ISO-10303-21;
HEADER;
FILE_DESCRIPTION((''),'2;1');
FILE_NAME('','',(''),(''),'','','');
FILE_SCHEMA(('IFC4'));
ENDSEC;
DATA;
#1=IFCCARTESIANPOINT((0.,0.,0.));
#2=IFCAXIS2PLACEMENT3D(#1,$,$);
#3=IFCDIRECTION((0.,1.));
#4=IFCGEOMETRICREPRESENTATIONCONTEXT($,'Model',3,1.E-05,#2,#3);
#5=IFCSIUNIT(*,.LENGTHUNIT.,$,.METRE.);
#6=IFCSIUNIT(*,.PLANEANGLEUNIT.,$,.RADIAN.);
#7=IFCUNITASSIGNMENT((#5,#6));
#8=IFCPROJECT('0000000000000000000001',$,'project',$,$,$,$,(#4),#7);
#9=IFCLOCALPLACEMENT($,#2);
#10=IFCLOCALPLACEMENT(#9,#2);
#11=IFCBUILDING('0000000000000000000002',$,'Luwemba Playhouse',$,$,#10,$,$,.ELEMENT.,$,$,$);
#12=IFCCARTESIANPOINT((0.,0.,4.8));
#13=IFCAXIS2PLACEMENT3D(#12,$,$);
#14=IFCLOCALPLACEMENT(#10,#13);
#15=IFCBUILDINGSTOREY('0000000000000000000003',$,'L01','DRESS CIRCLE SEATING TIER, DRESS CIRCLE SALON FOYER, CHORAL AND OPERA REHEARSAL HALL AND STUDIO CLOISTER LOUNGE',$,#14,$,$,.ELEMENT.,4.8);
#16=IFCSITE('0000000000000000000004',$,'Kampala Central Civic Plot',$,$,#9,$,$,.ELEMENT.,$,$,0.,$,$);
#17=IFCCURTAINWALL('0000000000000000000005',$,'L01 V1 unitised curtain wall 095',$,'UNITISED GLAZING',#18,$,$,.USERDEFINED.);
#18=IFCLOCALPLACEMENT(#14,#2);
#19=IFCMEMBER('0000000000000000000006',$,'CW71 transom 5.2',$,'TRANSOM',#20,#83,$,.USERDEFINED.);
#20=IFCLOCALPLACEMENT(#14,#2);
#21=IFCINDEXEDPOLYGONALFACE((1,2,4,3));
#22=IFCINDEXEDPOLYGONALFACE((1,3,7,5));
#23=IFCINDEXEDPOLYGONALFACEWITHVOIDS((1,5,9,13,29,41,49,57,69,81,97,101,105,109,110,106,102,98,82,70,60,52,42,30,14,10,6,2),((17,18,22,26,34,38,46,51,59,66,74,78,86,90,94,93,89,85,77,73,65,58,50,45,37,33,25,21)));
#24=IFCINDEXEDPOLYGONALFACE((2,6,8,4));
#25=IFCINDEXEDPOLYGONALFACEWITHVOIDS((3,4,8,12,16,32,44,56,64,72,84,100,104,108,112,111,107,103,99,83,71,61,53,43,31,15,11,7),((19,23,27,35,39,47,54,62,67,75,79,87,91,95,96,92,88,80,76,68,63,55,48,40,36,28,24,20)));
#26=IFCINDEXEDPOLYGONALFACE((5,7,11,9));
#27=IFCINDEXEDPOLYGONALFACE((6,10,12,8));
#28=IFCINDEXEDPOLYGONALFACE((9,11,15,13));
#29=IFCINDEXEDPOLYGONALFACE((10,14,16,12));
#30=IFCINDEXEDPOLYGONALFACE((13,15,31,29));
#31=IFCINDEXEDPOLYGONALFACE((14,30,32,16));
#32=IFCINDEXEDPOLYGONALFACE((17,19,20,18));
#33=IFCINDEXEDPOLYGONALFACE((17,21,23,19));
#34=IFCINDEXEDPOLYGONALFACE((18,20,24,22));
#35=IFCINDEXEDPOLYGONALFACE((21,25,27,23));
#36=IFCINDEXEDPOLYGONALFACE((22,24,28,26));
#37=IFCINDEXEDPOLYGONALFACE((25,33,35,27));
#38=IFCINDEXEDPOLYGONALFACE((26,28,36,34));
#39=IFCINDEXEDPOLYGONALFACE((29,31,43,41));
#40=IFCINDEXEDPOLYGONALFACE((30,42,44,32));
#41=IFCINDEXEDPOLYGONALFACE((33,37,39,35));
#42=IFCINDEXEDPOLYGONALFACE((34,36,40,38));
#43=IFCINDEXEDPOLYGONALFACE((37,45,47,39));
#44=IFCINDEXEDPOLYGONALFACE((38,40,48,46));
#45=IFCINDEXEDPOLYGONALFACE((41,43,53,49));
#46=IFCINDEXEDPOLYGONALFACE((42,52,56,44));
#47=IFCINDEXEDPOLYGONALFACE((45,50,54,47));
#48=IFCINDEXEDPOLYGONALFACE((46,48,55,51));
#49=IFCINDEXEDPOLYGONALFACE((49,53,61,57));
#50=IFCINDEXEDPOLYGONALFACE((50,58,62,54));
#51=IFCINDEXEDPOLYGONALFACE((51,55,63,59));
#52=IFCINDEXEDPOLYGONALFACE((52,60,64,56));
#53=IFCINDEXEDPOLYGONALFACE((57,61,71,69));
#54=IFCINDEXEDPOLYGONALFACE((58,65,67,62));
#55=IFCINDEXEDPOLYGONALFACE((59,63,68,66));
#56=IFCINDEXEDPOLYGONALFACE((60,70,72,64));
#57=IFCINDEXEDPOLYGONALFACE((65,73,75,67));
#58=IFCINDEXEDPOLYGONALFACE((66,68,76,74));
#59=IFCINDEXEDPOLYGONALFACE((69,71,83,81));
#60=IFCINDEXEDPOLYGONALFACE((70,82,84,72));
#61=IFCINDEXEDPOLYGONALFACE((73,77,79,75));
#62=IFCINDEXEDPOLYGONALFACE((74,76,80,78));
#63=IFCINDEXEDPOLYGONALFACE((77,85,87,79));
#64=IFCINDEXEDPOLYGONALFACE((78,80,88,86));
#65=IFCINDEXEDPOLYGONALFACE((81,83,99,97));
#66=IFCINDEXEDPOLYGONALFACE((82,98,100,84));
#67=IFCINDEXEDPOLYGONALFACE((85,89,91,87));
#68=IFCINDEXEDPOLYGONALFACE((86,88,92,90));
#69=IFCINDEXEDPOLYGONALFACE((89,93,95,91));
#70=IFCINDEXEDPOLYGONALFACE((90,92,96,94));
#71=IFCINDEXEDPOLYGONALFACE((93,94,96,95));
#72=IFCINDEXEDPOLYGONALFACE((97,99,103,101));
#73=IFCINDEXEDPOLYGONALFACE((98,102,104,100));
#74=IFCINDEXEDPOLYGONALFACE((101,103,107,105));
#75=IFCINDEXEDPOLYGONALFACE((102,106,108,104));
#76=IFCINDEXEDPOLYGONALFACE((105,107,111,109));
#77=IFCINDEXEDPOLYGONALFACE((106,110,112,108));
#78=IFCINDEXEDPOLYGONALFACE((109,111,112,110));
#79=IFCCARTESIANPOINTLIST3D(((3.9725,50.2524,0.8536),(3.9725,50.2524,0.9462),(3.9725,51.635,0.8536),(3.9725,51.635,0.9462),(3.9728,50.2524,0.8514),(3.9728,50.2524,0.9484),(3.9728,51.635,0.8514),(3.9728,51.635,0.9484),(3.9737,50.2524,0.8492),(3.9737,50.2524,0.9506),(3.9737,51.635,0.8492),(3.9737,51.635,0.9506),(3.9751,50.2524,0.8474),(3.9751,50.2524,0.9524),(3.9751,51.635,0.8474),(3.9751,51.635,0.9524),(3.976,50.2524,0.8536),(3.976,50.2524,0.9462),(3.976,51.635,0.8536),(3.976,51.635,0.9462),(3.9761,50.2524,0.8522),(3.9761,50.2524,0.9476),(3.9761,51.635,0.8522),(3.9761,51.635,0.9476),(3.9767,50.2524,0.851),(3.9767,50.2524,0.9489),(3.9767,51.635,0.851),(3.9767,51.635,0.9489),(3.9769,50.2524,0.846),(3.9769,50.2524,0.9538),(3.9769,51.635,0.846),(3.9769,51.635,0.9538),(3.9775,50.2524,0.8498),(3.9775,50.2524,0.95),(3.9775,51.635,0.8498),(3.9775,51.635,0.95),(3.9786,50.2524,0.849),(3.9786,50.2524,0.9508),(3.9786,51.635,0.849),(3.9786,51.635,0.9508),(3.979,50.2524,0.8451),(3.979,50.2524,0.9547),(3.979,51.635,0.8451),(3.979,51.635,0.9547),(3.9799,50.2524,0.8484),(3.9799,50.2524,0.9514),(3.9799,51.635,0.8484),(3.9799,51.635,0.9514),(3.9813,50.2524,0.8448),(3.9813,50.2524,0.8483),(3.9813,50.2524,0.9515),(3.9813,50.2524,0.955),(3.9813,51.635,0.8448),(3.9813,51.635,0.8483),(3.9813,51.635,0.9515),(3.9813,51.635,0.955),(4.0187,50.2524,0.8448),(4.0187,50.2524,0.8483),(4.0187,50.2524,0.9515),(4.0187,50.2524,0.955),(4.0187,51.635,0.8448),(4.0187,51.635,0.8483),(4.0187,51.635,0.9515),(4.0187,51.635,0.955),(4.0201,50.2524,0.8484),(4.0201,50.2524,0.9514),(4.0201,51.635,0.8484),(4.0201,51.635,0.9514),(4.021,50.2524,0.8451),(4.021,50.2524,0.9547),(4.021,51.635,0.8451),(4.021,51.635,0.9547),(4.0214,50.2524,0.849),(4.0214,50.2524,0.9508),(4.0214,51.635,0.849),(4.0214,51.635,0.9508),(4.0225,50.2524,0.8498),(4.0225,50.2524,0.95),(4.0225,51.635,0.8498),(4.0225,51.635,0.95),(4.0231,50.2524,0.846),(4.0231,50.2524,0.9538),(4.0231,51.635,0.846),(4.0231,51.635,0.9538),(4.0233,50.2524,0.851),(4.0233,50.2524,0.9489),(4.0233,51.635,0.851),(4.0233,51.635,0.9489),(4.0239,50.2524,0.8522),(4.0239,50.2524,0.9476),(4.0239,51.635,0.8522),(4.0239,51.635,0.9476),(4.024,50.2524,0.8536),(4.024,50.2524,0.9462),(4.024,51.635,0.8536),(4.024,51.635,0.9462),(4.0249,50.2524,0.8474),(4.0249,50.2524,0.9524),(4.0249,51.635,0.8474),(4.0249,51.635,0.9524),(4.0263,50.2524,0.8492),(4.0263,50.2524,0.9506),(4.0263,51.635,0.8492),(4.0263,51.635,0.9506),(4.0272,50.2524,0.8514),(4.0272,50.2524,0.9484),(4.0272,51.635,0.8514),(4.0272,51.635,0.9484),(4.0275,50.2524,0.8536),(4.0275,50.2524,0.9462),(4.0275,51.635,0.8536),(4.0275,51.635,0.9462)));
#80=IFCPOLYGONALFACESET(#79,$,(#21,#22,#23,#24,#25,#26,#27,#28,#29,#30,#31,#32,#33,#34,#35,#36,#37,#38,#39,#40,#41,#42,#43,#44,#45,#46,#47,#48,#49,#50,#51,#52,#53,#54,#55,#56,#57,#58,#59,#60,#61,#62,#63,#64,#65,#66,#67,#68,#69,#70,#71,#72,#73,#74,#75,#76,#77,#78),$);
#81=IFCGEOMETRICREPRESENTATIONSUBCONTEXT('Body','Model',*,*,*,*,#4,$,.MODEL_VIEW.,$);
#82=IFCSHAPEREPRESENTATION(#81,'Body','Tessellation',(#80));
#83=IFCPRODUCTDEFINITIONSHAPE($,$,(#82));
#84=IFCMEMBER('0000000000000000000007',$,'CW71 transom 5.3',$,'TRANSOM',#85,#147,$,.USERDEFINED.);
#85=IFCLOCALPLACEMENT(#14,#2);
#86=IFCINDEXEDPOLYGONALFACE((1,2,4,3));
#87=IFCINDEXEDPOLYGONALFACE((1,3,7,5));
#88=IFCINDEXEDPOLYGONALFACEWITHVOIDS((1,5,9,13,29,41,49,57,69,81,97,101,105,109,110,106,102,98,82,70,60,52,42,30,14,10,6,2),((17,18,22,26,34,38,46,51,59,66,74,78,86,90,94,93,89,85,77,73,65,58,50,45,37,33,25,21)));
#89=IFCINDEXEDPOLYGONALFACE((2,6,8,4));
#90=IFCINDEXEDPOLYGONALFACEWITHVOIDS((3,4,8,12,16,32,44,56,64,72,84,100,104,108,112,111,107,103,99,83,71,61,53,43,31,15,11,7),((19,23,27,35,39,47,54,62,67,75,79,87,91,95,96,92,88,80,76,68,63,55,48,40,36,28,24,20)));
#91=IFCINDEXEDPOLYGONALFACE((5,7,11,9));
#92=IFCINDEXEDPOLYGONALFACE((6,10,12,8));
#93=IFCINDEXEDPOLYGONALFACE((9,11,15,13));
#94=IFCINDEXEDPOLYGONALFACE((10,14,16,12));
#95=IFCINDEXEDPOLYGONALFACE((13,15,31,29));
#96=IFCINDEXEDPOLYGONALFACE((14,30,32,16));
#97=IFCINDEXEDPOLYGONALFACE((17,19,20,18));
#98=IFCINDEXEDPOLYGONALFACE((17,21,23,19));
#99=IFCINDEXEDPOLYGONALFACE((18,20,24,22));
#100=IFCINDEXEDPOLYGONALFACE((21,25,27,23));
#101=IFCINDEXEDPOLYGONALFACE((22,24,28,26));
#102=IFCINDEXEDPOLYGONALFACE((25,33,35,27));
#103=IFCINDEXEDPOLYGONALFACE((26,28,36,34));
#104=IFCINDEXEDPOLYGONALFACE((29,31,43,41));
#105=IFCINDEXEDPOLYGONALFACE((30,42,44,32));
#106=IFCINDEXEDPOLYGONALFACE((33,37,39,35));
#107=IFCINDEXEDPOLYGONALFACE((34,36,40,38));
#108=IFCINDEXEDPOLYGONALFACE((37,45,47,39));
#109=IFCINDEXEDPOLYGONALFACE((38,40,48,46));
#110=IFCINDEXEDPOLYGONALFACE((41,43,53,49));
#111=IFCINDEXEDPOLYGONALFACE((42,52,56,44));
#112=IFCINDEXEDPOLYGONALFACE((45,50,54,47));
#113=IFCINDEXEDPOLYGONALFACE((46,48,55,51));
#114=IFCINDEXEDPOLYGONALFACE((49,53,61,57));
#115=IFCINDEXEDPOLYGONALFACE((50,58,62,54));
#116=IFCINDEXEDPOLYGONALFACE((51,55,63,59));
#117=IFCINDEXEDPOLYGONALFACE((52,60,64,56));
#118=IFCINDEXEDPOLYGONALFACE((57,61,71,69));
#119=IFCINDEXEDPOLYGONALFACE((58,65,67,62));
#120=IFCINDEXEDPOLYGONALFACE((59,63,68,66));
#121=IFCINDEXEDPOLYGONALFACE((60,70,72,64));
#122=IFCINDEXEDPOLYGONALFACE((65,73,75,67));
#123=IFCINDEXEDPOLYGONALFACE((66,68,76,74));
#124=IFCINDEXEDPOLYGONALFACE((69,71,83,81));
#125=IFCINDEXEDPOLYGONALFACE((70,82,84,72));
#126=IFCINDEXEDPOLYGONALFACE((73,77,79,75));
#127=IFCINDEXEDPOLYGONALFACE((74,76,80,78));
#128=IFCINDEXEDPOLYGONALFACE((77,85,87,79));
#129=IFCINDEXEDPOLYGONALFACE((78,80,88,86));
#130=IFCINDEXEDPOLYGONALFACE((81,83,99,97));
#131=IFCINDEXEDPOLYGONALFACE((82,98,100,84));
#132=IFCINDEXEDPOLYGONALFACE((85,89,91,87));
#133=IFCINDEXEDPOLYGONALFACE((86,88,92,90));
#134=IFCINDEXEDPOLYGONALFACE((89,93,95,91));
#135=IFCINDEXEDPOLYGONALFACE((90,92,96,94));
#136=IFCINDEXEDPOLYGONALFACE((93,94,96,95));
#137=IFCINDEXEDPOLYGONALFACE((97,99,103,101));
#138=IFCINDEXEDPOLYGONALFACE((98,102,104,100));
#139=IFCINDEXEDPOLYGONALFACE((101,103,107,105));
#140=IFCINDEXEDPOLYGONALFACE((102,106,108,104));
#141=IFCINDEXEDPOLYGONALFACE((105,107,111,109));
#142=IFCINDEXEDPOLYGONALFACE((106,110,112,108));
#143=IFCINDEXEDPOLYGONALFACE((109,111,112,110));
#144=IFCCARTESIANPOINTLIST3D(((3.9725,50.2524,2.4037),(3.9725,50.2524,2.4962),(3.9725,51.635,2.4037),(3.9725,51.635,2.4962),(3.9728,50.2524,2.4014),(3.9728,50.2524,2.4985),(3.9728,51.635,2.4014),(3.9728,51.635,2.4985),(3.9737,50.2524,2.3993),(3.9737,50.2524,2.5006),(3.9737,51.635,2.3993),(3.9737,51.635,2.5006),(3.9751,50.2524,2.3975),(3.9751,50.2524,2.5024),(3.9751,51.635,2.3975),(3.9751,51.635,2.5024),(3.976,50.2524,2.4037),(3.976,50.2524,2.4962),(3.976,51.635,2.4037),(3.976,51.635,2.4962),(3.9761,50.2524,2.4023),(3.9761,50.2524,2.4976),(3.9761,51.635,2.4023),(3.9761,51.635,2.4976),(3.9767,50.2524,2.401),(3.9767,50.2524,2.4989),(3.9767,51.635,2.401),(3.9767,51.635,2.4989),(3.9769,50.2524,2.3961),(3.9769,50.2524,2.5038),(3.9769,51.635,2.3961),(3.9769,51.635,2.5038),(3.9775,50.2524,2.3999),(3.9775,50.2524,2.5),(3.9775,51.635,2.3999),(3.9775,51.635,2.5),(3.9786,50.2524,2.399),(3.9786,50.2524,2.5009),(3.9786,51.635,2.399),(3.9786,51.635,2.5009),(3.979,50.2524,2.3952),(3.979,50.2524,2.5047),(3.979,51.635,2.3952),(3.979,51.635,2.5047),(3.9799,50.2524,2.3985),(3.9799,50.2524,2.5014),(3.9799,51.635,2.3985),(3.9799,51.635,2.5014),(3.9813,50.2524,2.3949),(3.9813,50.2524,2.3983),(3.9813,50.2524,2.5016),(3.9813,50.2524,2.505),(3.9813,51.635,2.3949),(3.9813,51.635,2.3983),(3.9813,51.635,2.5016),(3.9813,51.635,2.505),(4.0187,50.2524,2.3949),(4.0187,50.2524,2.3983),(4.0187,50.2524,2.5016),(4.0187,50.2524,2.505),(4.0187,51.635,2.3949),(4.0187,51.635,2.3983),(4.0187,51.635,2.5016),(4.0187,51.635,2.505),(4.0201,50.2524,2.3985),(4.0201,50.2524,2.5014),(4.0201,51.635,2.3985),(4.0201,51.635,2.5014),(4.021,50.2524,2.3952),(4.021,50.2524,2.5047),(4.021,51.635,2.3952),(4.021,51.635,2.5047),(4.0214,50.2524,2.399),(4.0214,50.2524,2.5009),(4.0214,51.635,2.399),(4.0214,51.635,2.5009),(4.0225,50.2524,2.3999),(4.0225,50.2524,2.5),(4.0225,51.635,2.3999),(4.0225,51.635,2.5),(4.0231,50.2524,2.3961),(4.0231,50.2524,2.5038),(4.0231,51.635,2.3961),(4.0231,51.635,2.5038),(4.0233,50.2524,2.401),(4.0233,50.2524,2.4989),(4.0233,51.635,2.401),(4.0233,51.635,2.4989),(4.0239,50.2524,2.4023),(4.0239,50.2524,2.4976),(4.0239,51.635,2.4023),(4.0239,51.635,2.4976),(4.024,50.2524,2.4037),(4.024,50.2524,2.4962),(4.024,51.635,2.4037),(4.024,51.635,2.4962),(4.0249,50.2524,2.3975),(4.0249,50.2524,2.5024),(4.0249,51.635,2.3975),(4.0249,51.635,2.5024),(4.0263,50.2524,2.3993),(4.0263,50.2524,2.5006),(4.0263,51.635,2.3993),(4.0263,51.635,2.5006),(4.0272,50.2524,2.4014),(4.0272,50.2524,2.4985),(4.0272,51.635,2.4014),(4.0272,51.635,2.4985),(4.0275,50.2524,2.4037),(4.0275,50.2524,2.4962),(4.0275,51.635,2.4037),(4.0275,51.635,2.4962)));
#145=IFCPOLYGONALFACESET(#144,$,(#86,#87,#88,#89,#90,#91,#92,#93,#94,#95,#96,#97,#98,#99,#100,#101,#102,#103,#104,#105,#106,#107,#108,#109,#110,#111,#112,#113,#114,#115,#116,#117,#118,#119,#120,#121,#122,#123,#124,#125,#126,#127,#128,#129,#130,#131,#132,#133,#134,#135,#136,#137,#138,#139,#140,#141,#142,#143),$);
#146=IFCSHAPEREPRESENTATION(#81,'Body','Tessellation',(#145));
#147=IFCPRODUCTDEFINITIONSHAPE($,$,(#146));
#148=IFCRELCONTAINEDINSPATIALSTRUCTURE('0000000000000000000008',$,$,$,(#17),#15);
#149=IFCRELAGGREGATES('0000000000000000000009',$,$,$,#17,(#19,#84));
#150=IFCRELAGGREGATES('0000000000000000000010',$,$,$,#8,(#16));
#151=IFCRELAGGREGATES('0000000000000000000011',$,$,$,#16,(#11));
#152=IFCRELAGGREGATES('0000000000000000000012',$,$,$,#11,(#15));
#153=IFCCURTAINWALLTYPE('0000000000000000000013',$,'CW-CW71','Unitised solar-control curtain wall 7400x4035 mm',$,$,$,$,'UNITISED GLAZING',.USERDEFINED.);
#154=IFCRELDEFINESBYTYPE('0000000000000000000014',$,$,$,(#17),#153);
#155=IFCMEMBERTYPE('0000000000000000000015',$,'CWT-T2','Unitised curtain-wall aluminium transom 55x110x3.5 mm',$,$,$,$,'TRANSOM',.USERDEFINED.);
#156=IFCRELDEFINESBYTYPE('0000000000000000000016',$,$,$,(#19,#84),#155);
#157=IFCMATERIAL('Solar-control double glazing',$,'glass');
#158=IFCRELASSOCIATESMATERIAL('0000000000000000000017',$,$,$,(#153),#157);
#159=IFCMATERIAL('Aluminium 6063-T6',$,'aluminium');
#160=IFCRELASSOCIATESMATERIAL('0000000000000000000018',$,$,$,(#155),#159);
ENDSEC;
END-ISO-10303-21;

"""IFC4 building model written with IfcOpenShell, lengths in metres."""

from ifc_helpers import new_model, si_unit, direction, frame, origin, origin_2d, place, context, subcontext, project, spatial, hollow_rectangle, extrude, material, material_profile, profile_set, type_object, element, aggregate, save


model = new_model("IFC4")

# Units and contexts
model_context = context("Model", 3, precision=1e-05, world=origin(), true_north=direction((0.0, 1.0)))
body_context = subcontext(model_context, "Body", "Model", "MODEL_VIEW")
ifc_project = project(units=[si_unit("LENGTHUNIT", "METRE"), si_unit("PLANEANGLEUNIT", "RADIAN")], contexts=[model_context])

# Site, building, storey
site_placement = place(None, origin())
site = spatial("IfcSite", under=ifc_project, at=site_placement, Name="Kampala Central Civic Plot", CompositionType="ELEMENT", RefElevation=0.0)
building_placement = place(site_placement, origin())
building = spatial("IfcBuilding", under=site, at=building_placement, Name="Luwemba Playhouse", CompositionType="ELEMENT")
storey_placement = place(building_placement, frame((0.0, 0.0, 4.8)))
storey = spatial("IfcBuildingStorey", under=building, at=storey_placement, Name="L01", Description="DRESS CIRCLE SEATING TIER, DRESS CIRCLE SALON FOYER, CHORAL AND OPERA REHEARSAL HALL AND STUDIO CLOISTER LOUNGE", CompositionType="ELEMENT", Elevation=4.8)

# Curtain wall
ifc_material_1 = material(Name="Solar-control double glazing", Category="glass")
curtain_wall_type_1 = type_object("IfcCurtainWallType", Name="CW-CW71", Description="Unitised solar-control curtain wall 7400x4035 mm", ElementType="UNITISED GLAZING", PredefinedType="USERDEFINED", material=ifc_material_1)
curtain_wall_1_placement = place(storey_placement, origin())
curtain_wall_1 = element("IfcCurtainWall", 1, at=curtain_wall_1_placement, inside=storey, type_object=curtain_wall_type_1, Name="L01 V1 unitised curtain wall 095", ObjectType="UNITISED GLAZING", PredefinedType="USERDEFINED")
ifc_material_2 = material(Name="Aluminium 6063-T6", Category="aluminium")

# Members
ifc_material_profile_1 = material_profile(ifc_material_2, hollow_rectangle(XDim=0.0549, YDim=0.1101, WallThickness=0.0034, InnerFilletRadius=0.0054, OuterFilletRadius=0.0088, at=origin_2d()))
ifc_profile_set_1 = profile_set([ifc_material_profile_1], Name="Aluminium 6063-T6")
member_type_1 = type_object("IfcMemberType", Name="CWT-T2", Description="Unitised curtain-wall aluminium transom 55x110x3.5 mm", ElementType="TRANSOM", PredefinedType="USERDEFINED", material=ifc_profile_set_1)
member_1_placement = place(storey_placement, frame((4.0, 50.2524, 0.8999), z_axis=(0.0, 1.0, 0.0), x_axis=(-1.0, 0.0, 0.0)))
member_1 = element("IfcMember", 2, at=member_1_placement, type_object=member_type_1, Name="CW71 transom 5.2", ObjectType="TRANSOM", PredefinedType="USERDEFINED", context=body_context, shape_type="SweptSolid", body=[
    extrude(hollow_rectangle(XDim=0.0549, YDim=0.1101, WallThickness=0.0034, InnerFilletRadius=0.0054, OuterFilletRadius=0.0088, at=origin_2d()), origin(), (0.0, 0.0, 1.0), 1.3826),
])
member_2_placement = place(storey_placement, frame((4.0, 50.2524, 2.45), z_axis=(0.0, 1.0, 0.0), x_axis=(-1.0, 0.0, 0.0)))
member_2 = element("IfcMember", 3, at=member_2_placement, type_object=member_type_1, Name="CW71 transom 5.3", ObjectType="TRANSOM", PredefinedType="USERDEFINED", context=body_context, shape_type="SweptSolid", body=[
    extrude(hollow_rectangle(XDim=0.0549, YDim=0.1101, WallThickness=0.0034, InnerFilletRadius=0.0054, OuterFilletRadius=0.0088, at=origin_2d()), origin(), (0.0, 0.0, 1.0), 1.3826),
])

aggregate(curtain_wall_1, [member_1, member_2])

save(model, "model.ifc")
